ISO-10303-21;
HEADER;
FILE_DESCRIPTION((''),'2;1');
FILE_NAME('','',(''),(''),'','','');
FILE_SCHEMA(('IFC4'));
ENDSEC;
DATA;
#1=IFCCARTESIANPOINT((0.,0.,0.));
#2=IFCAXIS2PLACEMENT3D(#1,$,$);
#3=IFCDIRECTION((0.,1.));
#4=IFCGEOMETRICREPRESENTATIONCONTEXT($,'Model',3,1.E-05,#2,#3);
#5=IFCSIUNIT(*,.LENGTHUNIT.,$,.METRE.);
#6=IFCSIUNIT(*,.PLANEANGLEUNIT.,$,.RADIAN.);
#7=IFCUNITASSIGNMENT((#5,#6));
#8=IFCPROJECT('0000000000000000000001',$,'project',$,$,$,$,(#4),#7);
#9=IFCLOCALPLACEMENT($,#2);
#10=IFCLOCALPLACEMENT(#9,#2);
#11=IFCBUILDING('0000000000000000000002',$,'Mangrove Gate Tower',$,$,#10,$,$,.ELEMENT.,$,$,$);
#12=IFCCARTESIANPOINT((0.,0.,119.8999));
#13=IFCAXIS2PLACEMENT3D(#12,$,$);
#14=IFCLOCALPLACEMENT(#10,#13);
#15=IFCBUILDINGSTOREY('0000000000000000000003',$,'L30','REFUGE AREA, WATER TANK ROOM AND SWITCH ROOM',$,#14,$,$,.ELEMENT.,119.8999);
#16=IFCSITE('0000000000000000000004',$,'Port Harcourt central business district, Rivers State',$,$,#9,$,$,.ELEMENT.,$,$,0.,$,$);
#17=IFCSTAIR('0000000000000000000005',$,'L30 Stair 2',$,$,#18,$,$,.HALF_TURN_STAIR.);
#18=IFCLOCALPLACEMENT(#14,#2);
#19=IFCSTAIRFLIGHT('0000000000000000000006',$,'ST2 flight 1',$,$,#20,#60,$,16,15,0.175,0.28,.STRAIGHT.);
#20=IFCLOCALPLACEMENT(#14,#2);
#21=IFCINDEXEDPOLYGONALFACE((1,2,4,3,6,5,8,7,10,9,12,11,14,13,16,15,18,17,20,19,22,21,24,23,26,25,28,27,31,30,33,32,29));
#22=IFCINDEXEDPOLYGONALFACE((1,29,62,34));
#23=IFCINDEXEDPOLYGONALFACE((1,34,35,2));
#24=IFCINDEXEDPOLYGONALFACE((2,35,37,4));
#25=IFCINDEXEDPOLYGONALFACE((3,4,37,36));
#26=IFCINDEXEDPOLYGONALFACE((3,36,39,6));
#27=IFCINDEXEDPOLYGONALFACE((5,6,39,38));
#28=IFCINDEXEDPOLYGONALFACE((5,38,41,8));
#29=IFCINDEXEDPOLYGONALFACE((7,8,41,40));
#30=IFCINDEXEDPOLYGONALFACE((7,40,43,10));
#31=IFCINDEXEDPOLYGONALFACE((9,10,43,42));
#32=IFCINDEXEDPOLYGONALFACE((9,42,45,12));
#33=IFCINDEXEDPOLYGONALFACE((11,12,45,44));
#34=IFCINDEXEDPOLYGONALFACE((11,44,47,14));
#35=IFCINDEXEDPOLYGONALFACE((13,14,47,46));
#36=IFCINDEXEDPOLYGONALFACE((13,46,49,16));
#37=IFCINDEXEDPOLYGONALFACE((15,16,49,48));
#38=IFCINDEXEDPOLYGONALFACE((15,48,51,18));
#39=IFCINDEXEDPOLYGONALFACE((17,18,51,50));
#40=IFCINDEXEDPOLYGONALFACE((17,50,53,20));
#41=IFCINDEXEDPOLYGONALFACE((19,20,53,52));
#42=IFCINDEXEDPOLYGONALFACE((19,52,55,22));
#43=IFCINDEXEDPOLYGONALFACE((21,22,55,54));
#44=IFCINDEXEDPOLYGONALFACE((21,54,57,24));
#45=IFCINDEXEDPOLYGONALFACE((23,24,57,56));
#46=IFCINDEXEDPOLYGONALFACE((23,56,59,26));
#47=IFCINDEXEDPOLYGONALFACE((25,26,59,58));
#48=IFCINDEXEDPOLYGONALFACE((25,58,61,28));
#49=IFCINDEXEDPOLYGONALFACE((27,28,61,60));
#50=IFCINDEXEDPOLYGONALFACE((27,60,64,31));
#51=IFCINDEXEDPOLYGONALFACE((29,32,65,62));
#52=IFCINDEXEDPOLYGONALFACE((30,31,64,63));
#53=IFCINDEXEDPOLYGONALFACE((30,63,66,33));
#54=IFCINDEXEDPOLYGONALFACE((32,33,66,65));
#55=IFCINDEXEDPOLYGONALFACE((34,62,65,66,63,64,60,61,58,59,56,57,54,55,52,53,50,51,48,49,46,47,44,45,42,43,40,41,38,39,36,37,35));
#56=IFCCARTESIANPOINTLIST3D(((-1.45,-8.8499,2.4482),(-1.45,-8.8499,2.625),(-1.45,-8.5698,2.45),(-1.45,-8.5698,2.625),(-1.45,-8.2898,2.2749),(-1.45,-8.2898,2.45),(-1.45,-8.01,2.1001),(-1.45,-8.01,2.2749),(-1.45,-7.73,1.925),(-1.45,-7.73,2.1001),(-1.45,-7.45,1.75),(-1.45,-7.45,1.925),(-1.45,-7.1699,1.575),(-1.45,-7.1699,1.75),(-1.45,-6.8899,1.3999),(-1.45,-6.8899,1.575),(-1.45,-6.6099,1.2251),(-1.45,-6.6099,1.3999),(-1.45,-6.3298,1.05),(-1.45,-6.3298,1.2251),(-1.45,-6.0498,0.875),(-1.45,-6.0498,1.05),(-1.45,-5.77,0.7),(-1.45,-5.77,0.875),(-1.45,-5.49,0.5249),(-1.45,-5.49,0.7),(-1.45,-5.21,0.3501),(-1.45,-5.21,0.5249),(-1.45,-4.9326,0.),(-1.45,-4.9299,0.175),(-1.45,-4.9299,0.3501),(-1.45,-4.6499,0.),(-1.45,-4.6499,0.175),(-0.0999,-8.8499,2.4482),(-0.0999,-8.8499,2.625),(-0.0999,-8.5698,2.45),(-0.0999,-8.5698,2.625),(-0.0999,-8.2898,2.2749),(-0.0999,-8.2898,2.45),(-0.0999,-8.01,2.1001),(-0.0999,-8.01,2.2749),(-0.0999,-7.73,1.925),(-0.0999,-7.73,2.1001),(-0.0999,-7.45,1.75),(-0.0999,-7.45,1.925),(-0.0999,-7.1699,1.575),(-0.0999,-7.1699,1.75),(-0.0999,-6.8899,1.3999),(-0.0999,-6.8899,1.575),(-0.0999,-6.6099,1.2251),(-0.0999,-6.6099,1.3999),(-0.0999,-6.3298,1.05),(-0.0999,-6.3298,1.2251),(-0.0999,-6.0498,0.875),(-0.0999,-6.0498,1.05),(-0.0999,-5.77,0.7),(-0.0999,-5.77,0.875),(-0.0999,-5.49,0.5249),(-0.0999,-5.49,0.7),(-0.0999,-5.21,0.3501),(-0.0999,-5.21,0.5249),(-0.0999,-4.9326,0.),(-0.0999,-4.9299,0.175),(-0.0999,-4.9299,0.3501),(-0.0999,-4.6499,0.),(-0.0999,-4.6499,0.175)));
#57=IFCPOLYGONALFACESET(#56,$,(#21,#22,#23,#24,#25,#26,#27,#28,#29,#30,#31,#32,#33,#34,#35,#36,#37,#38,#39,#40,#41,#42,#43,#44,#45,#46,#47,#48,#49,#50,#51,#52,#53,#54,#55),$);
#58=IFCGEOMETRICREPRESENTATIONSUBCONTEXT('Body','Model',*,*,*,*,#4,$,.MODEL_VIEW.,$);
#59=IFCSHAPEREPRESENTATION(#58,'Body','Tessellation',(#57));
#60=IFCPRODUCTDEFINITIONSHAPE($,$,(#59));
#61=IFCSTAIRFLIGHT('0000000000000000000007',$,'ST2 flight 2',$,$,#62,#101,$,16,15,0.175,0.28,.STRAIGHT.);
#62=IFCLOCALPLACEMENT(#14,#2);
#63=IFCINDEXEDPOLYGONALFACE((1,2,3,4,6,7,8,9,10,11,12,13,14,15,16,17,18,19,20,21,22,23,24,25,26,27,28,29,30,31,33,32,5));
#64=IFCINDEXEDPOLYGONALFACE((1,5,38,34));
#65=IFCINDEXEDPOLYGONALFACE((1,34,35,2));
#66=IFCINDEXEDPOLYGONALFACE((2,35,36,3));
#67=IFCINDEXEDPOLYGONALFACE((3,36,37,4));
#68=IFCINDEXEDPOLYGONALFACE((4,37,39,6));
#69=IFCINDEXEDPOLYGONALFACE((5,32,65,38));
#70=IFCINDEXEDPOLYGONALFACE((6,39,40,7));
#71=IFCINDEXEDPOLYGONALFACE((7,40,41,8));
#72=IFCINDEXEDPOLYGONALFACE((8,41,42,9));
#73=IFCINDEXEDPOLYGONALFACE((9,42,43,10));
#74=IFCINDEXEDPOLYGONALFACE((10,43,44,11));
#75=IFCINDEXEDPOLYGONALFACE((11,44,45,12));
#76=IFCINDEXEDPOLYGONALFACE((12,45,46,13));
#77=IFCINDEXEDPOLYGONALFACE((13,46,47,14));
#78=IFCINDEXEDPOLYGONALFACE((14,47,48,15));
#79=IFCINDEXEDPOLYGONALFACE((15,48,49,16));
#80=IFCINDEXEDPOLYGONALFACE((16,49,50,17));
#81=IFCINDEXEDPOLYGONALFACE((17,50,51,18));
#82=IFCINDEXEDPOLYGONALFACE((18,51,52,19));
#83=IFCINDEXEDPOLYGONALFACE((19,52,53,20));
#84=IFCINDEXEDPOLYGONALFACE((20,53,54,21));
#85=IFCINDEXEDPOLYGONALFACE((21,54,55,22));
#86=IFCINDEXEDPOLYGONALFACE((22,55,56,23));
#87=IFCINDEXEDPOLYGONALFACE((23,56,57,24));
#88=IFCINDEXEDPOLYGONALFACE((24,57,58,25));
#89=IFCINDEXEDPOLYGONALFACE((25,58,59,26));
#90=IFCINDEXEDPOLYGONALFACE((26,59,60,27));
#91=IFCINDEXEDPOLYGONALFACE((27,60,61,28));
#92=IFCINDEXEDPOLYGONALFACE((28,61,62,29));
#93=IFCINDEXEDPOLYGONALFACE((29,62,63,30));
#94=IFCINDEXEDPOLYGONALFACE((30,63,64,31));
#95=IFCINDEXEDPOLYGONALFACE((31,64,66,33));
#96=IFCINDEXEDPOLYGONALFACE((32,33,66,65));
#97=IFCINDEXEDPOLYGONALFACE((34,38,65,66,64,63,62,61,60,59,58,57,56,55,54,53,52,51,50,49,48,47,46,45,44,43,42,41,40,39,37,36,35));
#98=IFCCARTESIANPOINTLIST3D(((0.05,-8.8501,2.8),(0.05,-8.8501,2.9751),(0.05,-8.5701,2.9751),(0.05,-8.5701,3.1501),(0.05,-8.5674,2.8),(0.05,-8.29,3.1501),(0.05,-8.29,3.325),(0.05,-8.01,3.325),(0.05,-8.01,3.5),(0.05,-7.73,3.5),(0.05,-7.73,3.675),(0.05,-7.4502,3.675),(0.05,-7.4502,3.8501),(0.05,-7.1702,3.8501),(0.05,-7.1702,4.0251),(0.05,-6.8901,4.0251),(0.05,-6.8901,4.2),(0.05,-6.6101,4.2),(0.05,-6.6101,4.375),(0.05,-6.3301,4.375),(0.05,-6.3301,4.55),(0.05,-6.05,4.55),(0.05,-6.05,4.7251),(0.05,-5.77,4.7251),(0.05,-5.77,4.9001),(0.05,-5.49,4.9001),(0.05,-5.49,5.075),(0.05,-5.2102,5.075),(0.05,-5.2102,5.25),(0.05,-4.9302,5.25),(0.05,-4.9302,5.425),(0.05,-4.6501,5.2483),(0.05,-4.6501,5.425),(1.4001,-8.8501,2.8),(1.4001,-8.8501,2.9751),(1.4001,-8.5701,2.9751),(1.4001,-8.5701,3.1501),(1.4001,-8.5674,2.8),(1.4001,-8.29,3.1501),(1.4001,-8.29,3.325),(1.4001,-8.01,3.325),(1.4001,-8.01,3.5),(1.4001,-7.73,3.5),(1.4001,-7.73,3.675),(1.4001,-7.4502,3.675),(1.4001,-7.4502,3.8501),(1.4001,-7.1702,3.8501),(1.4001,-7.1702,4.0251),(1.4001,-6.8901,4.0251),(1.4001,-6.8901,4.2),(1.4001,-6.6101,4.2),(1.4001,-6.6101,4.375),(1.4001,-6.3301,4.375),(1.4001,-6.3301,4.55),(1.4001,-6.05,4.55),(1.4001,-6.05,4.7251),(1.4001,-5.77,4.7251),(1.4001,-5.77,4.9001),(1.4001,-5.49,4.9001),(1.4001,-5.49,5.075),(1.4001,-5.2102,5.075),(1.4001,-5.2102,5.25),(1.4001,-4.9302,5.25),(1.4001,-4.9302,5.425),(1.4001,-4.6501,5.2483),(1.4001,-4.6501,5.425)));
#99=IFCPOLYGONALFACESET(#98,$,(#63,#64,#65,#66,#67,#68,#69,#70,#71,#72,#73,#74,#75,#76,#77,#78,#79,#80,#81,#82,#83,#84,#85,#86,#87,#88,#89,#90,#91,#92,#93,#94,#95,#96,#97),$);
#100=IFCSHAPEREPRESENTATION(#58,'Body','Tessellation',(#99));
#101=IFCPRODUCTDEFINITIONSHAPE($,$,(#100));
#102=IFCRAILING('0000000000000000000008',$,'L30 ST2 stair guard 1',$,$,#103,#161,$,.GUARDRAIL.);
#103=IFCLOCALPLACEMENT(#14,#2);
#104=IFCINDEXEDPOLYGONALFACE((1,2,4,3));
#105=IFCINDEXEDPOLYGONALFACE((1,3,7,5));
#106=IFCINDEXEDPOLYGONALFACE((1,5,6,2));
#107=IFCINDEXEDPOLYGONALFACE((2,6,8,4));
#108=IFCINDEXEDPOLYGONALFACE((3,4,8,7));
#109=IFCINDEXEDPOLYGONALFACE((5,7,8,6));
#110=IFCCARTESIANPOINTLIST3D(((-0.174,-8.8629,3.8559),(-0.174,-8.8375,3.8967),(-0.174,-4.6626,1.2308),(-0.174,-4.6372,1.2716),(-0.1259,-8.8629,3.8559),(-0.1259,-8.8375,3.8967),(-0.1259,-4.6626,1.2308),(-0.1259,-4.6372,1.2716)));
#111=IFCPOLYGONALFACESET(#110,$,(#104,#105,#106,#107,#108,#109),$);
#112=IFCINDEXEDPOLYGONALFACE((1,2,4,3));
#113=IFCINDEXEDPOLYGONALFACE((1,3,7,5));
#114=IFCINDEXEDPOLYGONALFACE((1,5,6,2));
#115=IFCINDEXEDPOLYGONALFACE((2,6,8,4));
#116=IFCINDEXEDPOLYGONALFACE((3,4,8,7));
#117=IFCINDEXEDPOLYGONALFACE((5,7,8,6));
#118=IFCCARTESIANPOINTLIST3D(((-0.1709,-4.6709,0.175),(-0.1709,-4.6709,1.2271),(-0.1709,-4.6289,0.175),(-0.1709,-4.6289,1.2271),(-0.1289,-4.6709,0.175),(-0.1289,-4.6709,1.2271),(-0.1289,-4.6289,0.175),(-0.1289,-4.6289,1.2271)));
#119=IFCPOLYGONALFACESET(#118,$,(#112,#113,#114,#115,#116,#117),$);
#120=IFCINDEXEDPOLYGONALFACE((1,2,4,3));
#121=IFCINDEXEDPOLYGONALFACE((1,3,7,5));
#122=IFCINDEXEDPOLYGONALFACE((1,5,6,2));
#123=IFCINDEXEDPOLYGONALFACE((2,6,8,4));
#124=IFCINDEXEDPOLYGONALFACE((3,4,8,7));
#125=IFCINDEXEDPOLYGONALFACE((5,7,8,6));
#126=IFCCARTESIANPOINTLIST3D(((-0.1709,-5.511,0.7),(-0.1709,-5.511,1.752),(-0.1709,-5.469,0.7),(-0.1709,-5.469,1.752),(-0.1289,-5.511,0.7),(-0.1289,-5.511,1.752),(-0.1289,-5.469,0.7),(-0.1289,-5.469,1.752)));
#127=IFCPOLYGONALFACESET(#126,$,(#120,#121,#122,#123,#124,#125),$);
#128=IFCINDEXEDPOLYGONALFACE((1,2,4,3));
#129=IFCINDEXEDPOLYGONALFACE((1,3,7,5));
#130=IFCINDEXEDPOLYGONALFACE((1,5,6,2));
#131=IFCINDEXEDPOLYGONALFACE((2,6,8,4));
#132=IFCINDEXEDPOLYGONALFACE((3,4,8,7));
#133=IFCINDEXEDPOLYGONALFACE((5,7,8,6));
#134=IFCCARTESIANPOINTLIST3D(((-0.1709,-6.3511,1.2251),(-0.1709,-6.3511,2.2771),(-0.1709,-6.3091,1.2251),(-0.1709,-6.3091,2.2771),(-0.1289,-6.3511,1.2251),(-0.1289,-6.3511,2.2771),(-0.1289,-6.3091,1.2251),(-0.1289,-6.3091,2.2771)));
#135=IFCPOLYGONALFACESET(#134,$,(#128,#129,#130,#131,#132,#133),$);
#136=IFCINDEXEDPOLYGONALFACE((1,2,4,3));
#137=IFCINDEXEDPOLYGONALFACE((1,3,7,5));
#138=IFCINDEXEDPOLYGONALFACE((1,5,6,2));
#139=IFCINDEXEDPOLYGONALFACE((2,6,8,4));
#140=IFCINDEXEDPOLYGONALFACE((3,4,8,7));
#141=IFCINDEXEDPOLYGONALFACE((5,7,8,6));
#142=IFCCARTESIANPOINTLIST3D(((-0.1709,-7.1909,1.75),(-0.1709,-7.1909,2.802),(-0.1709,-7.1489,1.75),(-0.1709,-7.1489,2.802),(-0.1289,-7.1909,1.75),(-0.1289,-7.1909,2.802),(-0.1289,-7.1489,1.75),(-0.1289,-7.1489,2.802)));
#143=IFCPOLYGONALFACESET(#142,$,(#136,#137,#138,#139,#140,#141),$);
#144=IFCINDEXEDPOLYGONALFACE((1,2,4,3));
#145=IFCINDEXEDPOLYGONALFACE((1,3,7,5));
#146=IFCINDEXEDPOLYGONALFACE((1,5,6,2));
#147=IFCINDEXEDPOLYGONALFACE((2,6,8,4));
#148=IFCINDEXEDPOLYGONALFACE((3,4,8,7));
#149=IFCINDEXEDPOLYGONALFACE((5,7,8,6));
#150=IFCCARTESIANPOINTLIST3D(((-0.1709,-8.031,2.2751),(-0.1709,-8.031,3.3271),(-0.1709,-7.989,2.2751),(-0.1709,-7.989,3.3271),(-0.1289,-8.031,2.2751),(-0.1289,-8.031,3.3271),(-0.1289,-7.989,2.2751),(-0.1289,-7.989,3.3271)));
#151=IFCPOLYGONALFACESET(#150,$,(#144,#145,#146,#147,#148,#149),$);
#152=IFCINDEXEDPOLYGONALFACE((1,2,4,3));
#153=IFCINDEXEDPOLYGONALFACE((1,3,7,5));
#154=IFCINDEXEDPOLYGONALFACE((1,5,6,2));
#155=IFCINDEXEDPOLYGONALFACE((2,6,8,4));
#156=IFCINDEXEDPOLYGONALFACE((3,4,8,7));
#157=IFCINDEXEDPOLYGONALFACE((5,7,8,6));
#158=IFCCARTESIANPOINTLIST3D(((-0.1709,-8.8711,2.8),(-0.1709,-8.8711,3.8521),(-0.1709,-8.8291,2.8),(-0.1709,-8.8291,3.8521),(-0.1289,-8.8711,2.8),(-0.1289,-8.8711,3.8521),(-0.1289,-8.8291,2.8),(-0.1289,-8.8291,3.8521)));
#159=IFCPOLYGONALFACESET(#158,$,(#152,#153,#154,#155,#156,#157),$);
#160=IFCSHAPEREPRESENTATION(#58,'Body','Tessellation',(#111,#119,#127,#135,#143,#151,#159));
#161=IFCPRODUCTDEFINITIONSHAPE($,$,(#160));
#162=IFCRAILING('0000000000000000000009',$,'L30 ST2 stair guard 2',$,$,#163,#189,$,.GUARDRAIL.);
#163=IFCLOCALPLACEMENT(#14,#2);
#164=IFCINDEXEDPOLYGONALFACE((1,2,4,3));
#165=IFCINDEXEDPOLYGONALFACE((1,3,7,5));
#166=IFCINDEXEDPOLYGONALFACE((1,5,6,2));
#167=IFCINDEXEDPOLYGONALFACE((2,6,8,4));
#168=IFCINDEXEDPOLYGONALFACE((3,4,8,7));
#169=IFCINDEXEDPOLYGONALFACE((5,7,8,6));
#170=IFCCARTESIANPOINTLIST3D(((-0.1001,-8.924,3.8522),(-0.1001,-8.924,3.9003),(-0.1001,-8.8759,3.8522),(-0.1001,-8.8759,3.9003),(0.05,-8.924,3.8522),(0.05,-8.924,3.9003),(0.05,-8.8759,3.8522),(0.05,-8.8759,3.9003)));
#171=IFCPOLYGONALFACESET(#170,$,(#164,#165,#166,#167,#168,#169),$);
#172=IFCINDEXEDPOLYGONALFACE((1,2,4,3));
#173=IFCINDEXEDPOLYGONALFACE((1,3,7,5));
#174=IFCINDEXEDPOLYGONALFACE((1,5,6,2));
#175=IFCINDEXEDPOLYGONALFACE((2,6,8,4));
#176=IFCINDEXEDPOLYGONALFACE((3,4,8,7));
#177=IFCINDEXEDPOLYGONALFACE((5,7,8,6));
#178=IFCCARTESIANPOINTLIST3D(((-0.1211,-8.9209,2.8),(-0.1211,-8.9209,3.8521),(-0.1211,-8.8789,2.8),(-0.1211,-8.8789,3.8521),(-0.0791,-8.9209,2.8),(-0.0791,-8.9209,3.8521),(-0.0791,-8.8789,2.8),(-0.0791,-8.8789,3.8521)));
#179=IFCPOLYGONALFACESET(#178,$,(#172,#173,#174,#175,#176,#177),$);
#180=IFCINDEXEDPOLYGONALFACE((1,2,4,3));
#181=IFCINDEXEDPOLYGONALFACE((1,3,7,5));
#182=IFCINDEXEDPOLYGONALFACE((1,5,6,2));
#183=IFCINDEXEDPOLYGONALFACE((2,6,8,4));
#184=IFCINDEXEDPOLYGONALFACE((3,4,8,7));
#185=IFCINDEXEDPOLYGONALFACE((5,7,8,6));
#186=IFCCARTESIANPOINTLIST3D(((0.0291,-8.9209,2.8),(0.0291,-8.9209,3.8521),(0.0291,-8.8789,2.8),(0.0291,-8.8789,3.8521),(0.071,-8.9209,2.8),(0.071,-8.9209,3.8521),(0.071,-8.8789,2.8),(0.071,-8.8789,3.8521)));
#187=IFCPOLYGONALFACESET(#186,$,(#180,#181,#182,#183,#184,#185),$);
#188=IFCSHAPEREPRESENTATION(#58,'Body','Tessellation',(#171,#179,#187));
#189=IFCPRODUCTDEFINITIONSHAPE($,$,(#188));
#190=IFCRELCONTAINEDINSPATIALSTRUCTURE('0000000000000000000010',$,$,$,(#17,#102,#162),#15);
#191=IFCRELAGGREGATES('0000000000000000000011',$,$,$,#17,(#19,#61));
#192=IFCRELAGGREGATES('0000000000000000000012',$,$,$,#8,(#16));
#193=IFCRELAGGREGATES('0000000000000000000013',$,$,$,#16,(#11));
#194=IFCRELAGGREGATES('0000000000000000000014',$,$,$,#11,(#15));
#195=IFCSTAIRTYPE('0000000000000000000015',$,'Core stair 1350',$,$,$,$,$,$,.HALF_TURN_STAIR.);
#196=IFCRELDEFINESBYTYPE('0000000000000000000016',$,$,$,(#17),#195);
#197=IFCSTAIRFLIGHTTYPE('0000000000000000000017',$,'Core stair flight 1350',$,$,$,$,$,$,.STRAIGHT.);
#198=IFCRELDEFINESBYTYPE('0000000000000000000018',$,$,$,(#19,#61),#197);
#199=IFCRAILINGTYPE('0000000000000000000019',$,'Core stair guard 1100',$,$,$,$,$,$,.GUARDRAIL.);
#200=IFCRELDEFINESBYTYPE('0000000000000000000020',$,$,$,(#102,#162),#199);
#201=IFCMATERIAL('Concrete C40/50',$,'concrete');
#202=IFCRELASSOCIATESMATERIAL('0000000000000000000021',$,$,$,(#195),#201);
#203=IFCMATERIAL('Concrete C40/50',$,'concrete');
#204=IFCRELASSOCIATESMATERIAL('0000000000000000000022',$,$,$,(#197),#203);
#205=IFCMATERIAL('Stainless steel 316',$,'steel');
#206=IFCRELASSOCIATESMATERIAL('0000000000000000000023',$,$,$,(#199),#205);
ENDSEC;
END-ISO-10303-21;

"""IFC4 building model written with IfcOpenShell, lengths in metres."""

from ifc_helpers import new_model, si_unit, direction, frame, origin, origin_2d, place, context, subcontext, project, spatial, polyline, rectangle, outline, extrude, material, type_object, element, aggregate, save


model = new_model("IFC4")

# Units and contexts
model_context = context("Model", 3, precision=1e-05, world=origin(), true_north=direction((0.0, 1.0)))
body_context = subcontext(model_context, "Body", "Model", "MODEL_VIEW")
ifc_project = project(units=[si_unit("LENGTHUNIT", "METRE"), si_unit("PLANEANGLEUNIT", "RADIAN")], contexts=[model_context])

# Site, building, storey
site_placement = place(None, origin())
site = spatial("IfcSite", under=ifc_project, at=site_placement, Name="Port Harcourt central business district, Rivers State", CompositionType="ELEMENT", RefElevation=0.0)
building_placement = place(site_placement, origin())
building = spatial("IfcBuilding", under=site, at=building_placement, Name="Mangrove Gate Tower", CompositionType="ELEMENT")
storey_placement = place(building_placement, frame((0.0, 0.0, 119.8999)))
storey = spatial("IfcBuildingStorey", under=building, at=storey_placement, Name="L30", Description="REFUGE AREA, WATER TANK ROOM AND SWITCH ROOM", CompositionType="ELEMENT", Elevation=119.8999)

# Stair, stair flights
ifc_material_1 = material(Name="Concrete C40/50", Category="concrete")
stair_type = type_object("IfcStairType", Name="Core stair 1350", PredefinedType="HALF_TURN_STAIR", material=ifc_material_1)
stair_placement = place(storey_placement, origin())
stair = element("IfcStair", 1, at=stair_placement, inside=storey, type_object=stair_type, Name="L30 Stair 2", PredefinedType="HALF_TURN_STAIR")
ifc_material_2 = material(Name="Concrete C40/50", Category="concrete")
stair_flight_type = type_object("IfcStairFlightType", Name="Core stair flight 1350", PredefinedType="STRAIGHT", material=ifc_material_2)
stair_flight_1_placement = place(storey_placement, frame((-0.7749, -4.6499, 0.0), z_axis=(0.0, 0.0, 1.0), x_axis=(0.0, -1.0, 0.0)))
stair_flight_1 = element("IfcStairFlight", 2, at=stair_flight_1_placement, type_object=stair_flight_type, Name="ST2 flight 1", NumberOfRisers=16, NumberOfTreads=15, PredefinedType="STRAIGHT", RiserHeight=0.175, TreadLength=0.28, context=body_context, shape_type="SweptSolid", body=[
    extrude(outline(polyline([(0.0, 0.0), (0.0, 0.175), (0.28, 0.175), (0.28, 0.3501), (0.5601, 0.3501), (0.5601, 0.5249), (0.8401, 0.5249), (0.8401, 0.7), (1.1201, 0.7), (1.1201, 0.875), (1.3999, 0.875), (1.3999, 1.05), (1.6799, 1.05), (1.6799, 1.2251), (1.96, 1.2251), (1.96, 1.3999), (2.24, 1.3999), (2.24, 1.575), (2.52, 1.575), (2.52, 1.75), (2.8, 1.75), (2.8, 1.925), (3.0801, 1.925), (3.0801, 2.1001), (3.3601, 2.1001), (3.3601, 2.2749), (3.6399, 2.2749), (3.6399, 2.45), (3.9199, 2.45), (3.9199, 2.625), (4.2, 2.625), (4.2, 2.8), (4.2, 2.4482), (0.2827, 0.0), (0.0, 0.0)])), frame((0.0, 0.675, 0.0), z_axis=(0.0, -1.0, 0.0), x_axis=(1.0, 0.0, 0.0)), (0.0, 0.0, 1.0), 1.3501),
])
stair_flight_2_placement = place(storey_placement, frame((0.7251, -8.8501, 2.8), z_axis=(0.0, 0.0, 1.0), x_axis=(0.0, 1.0, 0.0)))
stair_flight_2 = element("IfcStairFlight", 3, at=stair_flight_2_placement, type_object=stair_flight_type, Name="ST2 flight 2", NumberOfRisers=16, NumberOfTreads=15, PredefinedType="STRAIGHT", RiserHeight=0.175, TreadLength=0.28, context=body_context, shape_type="SweptSolid", body=[
    extrude(outline(polyline([(0.0, 0.0), (0.0, 0.175), (0.28, 0.175), (0.28, 0.3501), (0.5601, 0.3501), (0.5601, 0.5249), (0.8401, 0.5249), (0.8401, 0.7), (1.1201, 0.7), (1.1201, 0.875), (1.3999, 0.875), (1.3999, 1.05), (1.6799, 1.05), (1.6799, 1.2251), (1.96, 1.2251), (1.96, 1.3999), (2.24, 1.3999), (2.24, 1.575), (2.52, 1.575), (2.52, 1.75), (2.8, 1.75), (2.8, 1.925), (3.0801, 1.925), (3.0801, 2.1001), (3.3601, 2.1001), (3.3601, 2.2749), (3.6399, 2.2749), (3.6399, 2.45), (3.9199, 2.45), (3.9199, 2.625), (4.2, 2.625), (4.2, 2.8), (4.2, 2.4482), (0.2827, 0.0), (0.0, 0.0)])), frame((0.0, 0.675, 0.0), z_axis=(0.0, -1.0, 0.0), x_axis=(1.0, 0.0, 0.0)), (0.0, 0.0, 1.0), 1.3501),
])
aggregate(stair, [stair_flight_1, stair_flight_2])

# Railings
ifc_material_3 = material(Name="Stainless steel 316", Category="steel")
railing_type_1 = type_object("IfcRailingType", Name="Core stair guard 1100", PredefinedType="GUARDRAIL", material=ifc_material_3)
railing_1_placement = place(storey_placement, frame((-0.1499, -4.6499, 0.175)))
element("IfcRailing", 4, at=railing_1_placement, inside=storey, type_object=railing_type_1, Name="L30 ST2 stair guard 1", PredefinedType="GUARDRAIL", context=body_context, shape_type="SweptSolid", body=[
    extrude(rectangle(XDim=0.0481, YDim=0.0481, at=origin_2d()), frame((0.0, 0.0, 1.0762), z_axis=(0.0, -0.848009, 0.529981), x_axis=(1.0, 0.0, 0.0)), (0.0, 0.0, 1.0), 4.9531),
    extrude(rectangle(XDim=0.042, YDim=0.042, at=origin_2d()), origin(), (0.0, 0.0, 1.0), 1.052),
    extrude(rectangle(XDim=0.042, YDim=0.042, at=origin_2d()), frame((0.0, -0.8401, 0.5249)), (0.0, 0.0, 1.0), 1.052),
    extrude(rectangle(XDim=0.042, YDim=0.042, at=origin_2d()), frame((0.0, -1.6802, 1.05)), (0.0, 0.0, 1.0), 1.052),
    extrude(rectangle(XDim=0.042, YDim=0.042, at=origin_2d()), frame((0.0, -2.52, 1.575)), (0.0, 0.0, 1.0), 1.052),
    extrude(rectangle(XDim=0.042, YDim=0.042, at=origin_2d()), frame((0.0, -3.3601, 2.1001)), (0.0, 0.0, 1.0), 1.052),
    extrude(rectangle(XDim=0.042, YDim=0.042, at=origin_2d()), frame((0.0, -4.2002, 2.625)), (0.0, 0.0, 1.0), 1.052),
])
railing_2_placement = place(storey_placement, frame((-0.1001, -8.8999, 2.8)))
element("IfcRailing", 5, at=railing_2_placement, inside=storey, type_object=railing_type_1, Name="L30 ST2 stair guard 2", PredefinedType="GUARDRAIL", context=body_context, shape_type="SweptSolid", body=[
    extrude(rectangle(XDim=0.0481, YDim=0.0481, at=origin_2d()), frame((0.0, 0.0, 1.0762), z_axis=(1.0, 0.0, 0.0), x_axis=(0.0, 1.0, 0.0)), (0.0, 0.0, 1.0), 0.1501),
    extrude(rectangle(XDim=0.042, YDim=0.042, at=origin_2d()), origin(), (0.0, 0.0, 1.0), 1.052),
    extrude(rectangle(XDim=0.042, YDim=0.042, at=origin_2d()), frame((0.1501, 0.0, 0.0)), (0.0, 0.0, 1.0), 1.052),
])

save(model, "model.ifc")
